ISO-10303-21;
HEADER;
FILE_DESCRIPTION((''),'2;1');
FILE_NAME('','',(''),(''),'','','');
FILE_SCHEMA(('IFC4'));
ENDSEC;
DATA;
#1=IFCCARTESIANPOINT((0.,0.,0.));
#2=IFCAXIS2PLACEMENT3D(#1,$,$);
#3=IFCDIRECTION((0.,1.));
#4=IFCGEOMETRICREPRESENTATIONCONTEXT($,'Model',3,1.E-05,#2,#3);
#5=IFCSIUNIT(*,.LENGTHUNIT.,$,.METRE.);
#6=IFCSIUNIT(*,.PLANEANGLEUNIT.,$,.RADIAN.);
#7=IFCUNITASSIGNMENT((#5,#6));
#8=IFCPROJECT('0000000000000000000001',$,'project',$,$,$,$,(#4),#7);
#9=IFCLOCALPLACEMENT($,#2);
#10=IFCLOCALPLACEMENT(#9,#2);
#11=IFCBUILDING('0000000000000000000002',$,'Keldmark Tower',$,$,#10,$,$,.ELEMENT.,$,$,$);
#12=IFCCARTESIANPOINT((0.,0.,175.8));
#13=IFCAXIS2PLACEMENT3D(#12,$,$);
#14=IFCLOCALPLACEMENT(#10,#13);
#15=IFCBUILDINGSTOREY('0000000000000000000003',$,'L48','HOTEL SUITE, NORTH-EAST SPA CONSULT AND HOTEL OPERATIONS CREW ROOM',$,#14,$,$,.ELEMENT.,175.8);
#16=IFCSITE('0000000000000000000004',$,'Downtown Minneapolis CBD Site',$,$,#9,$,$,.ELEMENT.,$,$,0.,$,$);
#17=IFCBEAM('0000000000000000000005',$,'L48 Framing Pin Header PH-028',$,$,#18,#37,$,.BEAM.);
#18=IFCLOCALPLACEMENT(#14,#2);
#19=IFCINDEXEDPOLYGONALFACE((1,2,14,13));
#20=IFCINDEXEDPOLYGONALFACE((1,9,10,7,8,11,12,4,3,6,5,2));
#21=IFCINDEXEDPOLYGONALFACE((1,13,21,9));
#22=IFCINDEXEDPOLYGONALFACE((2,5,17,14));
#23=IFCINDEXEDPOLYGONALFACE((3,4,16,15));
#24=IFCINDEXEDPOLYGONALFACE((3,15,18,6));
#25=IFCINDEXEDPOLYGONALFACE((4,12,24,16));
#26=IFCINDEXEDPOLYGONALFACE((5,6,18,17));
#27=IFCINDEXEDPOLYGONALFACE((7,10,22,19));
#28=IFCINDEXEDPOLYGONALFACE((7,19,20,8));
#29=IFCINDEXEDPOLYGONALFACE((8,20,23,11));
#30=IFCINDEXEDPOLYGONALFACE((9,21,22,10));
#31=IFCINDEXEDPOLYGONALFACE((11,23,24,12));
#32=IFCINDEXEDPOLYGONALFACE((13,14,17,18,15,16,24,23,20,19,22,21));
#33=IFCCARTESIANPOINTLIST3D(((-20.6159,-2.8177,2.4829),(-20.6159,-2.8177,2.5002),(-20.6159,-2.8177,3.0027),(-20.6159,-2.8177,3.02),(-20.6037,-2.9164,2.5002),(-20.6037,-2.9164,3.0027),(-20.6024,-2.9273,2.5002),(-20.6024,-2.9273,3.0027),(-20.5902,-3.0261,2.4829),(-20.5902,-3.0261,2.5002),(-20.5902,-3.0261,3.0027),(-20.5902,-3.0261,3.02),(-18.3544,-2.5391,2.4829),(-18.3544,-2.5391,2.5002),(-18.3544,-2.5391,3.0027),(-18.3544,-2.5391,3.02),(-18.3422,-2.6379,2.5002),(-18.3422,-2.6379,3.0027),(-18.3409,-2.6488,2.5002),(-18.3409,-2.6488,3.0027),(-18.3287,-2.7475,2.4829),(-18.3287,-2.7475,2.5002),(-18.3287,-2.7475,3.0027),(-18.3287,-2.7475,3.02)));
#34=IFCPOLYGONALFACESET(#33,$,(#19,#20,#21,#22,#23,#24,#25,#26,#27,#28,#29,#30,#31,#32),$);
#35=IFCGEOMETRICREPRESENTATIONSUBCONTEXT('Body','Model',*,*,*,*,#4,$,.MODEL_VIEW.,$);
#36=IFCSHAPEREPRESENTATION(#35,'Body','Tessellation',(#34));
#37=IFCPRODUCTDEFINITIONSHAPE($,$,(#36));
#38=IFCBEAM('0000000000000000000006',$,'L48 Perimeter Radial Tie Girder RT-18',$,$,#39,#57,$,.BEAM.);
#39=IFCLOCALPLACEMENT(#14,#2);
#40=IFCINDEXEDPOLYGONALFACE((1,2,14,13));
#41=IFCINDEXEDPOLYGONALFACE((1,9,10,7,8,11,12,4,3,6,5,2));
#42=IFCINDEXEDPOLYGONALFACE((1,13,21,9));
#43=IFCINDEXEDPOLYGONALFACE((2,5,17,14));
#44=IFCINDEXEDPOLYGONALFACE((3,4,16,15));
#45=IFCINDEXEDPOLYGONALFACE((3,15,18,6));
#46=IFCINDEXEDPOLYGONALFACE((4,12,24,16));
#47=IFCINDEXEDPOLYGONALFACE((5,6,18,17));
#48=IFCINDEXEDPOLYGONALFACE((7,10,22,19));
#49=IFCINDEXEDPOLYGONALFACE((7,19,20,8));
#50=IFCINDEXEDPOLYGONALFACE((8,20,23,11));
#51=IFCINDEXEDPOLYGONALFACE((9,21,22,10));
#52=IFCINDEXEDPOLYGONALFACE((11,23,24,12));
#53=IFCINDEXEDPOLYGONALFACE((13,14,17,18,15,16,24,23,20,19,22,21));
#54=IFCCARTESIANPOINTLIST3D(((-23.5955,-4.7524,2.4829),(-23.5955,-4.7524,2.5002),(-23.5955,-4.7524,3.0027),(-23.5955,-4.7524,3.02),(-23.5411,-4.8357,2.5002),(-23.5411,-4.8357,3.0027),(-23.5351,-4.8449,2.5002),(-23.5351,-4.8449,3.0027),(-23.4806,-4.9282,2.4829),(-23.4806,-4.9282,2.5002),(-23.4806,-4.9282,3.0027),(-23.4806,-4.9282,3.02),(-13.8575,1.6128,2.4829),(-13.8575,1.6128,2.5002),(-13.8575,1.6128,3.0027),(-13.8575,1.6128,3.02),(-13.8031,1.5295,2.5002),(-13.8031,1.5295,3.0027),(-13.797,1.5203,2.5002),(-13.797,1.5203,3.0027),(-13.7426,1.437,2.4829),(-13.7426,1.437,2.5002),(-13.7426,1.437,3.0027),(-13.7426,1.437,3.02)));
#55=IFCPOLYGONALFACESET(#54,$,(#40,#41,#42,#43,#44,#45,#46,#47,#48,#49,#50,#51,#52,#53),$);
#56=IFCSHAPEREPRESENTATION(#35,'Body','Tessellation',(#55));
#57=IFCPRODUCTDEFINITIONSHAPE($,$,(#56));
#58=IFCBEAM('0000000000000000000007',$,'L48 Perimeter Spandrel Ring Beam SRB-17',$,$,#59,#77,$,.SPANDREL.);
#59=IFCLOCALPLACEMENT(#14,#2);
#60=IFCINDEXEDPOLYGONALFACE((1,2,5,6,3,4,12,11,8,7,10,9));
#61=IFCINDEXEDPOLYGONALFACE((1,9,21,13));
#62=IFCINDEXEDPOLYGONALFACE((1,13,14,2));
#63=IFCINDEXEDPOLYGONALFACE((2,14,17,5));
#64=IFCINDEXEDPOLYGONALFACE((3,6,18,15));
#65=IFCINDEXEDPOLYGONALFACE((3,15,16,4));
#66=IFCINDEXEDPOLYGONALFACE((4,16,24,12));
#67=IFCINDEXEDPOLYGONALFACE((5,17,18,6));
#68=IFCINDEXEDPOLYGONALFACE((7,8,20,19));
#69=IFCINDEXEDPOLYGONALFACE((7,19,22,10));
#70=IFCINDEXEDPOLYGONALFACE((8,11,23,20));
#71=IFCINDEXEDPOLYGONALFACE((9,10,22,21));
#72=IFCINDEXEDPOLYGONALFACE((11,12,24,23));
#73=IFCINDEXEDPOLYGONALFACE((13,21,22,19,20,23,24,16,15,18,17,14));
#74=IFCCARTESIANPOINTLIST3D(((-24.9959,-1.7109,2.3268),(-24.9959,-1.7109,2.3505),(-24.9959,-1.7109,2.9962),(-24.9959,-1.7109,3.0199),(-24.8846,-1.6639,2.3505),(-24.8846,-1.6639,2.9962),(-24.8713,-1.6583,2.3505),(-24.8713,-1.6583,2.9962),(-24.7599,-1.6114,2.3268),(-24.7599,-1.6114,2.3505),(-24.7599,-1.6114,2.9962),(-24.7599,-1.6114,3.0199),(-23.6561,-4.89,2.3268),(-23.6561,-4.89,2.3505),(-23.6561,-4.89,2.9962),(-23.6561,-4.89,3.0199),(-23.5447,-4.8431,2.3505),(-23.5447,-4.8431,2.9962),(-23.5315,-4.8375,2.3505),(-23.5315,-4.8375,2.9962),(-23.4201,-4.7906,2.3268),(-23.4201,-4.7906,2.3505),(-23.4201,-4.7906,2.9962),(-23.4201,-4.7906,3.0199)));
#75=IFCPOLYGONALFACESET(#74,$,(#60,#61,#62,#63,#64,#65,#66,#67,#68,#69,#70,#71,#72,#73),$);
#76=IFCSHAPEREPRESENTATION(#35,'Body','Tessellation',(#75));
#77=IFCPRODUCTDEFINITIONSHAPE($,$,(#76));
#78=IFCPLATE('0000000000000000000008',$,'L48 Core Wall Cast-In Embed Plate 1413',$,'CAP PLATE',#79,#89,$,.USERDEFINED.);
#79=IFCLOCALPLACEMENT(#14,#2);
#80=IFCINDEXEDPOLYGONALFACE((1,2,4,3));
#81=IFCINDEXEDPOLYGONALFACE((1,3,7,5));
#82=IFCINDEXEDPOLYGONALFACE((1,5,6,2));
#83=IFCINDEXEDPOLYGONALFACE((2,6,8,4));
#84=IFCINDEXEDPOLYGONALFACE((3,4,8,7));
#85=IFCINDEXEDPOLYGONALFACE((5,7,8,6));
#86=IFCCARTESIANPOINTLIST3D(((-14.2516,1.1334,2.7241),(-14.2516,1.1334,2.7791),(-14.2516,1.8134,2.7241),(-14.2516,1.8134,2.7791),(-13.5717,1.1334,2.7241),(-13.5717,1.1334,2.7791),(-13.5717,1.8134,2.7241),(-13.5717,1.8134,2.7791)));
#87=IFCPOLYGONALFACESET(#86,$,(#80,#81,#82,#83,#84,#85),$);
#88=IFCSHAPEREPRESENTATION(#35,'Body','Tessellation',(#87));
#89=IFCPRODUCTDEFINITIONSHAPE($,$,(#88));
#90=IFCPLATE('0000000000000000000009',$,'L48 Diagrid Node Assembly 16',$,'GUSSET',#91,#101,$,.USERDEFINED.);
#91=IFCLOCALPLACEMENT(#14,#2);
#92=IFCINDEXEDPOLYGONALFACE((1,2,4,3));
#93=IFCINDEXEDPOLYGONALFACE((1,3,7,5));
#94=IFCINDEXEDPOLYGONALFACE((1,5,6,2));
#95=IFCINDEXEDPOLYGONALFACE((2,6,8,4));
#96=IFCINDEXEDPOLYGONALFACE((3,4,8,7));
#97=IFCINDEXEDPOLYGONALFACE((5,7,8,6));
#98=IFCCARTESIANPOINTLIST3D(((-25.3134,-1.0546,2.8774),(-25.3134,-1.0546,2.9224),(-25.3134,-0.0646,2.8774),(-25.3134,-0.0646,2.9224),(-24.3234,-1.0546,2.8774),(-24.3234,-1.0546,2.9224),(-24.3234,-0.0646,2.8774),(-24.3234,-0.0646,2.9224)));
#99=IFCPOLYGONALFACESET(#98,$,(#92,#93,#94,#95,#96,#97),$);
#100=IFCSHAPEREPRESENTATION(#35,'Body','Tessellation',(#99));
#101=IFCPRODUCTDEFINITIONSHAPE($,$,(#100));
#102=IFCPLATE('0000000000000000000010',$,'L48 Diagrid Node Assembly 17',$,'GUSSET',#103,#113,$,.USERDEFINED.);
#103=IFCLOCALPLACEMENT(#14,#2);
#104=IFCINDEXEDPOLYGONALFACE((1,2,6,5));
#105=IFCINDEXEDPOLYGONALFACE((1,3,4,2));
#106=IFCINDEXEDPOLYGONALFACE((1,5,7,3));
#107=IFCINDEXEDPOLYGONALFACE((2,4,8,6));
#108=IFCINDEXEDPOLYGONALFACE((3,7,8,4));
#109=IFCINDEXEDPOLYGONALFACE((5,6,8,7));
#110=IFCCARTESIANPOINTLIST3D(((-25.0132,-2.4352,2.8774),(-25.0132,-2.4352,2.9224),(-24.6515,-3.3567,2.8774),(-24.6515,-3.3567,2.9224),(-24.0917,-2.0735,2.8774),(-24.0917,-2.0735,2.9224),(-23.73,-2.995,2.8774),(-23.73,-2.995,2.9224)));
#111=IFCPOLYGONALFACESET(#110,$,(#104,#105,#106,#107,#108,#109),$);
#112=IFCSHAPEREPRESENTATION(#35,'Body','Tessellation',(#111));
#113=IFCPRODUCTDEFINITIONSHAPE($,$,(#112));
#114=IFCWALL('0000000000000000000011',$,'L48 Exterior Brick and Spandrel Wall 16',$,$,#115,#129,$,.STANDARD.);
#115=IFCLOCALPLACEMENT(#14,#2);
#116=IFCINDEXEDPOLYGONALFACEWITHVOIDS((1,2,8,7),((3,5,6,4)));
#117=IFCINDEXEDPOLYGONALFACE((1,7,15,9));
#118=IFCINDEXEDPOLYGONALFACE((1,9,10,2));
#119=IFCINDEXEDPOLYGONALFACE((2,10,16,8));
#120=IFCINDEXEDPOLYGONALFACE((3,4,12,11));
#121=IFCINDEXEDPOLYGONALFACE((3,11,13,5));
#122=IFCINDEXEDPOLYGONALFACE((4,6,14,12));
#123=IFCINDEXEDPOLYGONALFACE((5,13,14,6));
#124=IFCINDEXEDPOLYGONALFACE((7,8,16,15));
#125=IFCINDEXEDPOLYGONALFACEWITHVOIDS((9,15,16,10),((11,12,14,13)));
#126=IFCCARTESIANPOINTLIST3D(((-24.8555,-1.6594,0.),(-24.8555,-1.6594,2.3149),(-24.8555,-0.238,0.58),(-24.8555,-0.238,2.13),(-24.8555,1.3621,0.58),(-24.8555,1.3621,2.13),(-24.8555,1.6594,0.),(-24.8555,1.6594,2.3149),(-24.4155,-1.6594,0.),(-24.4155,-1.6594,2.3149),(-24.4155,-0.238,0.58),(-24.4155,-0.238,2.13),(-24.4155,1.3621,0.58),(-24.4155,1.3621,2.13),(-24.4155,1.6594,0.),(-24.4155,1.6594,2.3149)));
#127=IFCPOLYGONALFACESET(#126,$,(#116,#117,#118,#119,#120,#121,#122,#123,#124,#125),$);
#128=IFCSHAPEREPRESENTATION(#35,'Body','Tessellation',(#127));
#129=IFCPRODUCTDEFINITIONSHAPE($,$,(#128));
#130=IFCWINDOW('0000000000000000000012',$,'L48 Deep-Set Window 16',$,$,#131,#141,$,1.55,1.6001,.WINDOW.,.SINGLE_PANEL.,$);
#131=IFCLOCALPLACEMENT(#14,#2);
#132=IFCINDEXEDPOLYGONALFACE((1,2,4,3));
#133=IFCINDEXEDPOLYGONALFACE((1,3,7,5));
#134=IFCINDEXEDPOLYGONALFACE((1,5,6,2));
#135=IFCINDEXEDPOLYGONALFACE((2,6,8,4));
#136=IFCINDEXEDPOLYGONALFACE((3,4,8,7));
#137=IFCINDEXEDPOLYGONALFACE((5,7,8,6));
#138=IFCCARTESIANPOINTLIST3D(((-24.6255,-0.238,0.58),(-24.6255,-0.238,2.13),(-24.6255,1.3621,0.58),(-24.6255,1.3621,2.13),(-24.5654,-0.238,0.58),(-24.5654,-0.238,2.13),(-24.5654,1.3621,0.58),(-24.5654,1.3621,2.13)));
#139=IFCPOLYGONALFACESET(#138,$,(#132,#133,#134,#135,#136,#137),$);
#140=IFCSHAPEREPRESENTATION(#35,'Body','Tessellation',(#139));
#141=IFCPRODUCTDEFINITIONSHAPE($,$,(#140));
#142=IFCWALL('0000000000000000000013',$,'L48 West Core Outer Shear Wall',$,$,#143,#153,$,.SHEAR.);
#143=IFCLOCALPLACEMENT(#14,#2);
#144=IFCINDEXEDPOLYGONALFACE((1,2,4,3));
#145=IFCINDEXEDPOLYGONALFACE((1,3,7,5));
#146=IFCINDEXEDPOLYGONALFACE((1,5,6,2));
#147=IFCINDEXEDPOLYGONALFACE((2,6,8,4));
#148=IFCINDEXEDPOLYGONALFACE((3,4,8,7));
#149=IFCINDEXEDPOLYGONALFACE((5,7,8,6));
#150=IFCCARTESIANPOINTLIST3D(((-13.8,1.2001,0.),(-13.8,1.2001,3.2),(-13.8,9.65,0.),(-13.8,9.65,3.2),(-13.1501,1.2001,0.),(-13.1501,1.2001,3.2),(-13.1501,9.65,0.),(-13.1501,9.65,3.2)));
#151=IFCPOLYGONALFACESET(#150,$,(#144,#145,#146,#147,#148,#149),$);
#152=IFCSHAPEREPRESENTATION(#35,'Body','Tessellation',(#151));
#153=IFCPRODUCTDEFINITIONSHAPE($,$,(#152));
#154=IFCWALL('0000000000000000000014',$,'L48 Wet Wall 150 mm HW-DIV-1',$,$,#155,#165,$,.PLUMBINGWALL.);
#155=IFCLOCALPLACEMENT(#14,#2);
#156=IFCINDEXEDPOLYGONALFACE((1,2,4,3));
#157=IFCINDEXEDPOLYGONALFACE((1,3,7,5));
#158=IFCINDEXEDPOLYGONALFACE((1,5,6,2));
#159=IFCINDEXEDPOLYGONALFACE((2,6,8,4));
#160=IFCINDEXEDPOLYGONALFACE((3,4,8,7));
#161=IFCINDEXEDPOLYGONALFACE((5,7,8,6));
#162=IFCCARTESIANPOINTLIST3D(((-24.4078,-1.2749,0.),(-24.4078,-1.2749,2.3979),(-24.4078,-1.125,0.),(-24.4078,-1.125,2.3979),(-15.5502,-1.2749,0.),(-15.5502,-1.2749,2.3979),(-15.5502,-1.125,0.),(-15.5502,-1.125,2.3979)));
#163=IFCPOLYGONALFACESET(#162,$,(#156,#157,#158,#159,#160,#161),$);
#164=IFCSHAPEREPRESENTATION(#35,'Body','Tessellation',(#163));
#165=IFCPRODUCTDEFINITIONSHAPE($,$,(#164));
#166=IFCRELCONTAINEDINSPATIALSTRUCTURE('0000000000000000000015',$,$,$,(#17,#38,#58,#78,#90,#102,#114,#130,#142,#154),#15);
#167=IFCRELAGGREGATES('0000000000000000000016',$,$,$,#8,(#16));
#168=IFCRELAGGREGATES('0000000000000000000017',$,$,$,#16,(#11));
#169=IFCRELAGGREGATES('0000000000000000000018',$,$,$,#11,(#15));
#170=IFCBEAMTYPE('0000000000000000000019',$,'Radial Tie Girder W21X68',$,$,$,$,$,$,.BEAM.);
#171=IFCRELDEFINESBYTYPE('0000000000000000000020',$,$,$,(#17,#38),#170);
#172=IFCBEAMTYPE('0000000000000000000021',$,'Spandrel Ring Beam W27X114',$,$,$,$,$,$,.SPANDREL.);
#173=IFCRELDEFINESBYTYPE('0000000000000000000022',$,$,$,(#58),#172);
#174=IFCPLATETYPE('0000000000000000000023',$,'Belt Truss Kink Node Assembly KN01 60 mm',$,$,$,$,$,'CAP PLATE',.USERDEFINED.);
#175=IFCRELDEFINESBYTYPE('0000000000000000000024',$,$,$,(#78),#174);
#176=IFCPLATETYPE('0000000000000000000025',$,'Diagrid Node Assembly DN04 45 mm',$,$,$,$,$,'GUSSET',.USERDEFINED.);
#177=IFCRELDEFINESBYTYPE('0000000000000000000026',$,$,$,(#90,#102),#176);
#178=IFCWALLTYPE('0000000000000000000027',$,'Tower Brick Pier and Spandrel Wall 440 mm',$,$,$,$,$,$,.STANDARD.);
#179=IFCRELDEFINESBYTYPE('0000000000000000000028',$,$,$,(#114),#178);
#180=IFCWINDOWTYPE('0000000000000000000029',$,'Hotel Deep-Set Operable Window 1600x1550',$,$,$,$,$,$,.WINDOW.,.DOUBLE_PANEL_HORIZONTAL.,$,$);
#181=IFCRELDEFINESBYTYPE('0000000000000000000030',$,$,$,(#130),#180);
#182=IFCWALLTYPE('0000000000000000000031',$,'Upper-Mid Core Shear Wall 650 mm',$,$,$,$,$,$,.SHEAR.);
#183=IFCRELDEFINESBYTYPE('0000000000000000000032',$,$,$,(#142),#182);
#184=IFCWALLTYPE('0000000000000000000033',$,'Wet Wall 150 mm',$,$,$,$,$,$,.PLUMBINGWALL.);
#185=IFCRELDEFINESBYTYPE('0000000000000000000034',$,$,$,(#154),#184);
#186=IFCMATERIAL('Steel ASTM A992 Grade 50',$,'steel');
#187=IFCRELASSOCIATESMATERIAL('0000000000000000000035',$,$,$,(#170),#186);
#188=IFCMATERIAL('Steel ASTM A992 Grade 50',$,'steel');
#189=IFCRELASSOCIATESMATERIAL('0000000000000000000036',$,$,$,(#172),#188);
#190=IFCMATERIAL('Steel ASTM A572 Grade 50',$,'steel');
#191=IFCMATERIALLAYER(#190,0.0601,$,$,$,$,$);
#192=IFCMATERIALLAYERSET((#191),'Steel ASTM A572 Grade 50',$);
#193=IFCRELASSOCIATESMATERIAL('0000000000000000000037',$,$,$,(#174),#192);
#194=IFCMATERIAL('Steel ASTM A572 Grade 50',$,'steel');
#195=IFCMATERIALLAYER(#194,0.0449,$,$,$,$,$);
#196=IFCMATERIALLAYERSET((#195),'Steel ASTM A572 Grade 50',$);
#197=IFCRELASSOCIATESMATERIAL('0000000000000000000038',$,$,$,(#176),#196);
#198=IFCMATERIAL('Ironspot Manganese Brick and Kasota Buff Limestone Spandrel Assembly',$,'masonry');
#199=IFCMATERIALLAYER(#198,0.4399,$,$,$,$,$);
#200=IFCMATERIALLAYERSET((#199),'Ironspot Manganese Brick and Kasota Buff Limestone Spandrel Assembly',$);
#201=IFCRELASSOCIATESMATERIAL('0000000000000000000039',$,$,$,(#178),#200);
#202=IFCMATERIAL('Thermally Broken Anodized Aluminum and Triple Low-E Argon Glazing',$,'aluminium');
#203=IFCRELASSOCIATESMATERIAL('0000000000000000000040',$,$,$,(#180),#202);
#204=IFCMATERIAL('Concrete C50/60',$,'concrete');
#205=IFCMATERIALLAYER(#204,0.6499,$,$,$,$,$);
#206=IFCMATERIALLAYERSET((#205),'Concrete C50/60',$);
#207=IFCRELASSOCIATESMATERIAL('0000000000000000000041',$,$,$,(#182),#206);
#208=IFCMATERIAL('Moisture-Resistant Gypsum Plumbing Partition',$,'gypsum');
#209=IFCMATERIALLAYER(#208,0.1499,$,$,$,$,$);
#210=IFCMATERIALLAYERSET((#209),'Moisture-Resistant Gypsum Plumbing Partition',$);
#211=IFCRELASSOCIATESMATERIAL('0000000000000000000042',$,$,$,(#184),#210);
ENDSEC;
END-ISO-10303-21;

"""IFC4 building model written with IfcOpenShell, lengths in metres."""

from ifc_helpers import new_model, si_unit, direction, frame, frame_2d, origin, origin_2d, place, context, subcontext, project, spatial, rectangle, i_section, extrude, material, layer, layer_set, material_profile, profile_set, type_object, element, fill, save


model = new_model("IFC4")

# Units and contexts
model_context = context("Model", 3, precision=1e-05, world=origin(), true_north=direction((0.0, 1.0)))
body_context = subcontext(model_context, "Body", "Model", "MODEL_VIEW")
ifc_project = project(units=[si_unit("LENGTHUNIT", "METRE"), si_unit("PLANEANGLEUNIT", "RADIAN")], contexts=[model_context])

# Site, building, storey
site_placement = place(None, origin())
site = spatial("IfcSite", under=ifc_project, at=site_placement, Name="Downtown Minneapolis CBD Site", CompositionType="ELEMENT", RefElevation=0.0)
building_placement = place(site_placement, origin())
building = spatial("IfcBuilding", under=site, at=building_placement, Name="Keldmark Tower", CompositionType="ELEMENT")
storey_placement = place(building_placement, frame((0.0, 0.0, 175.8)))
storey = spatial("IfcBuildingStorey", under=building, at=storey_placement, Name="L48", Description="HOTEL SUITE, NORTH-EAST SPA CONSULT AND HOTEL OPERATIONS CREW ROOM", CompositionType="ELEMENT", Elevation=175.8)

# Beams
ifc_material_1 = material(Name="Steel ASTM A992 Grade 50", Category="steel")
ifc_material_profile_1 = material_profile(ifc_material_1, i_section(OverallWidth=0.21, OverallDepth=0.5371, WebThickness=0.011, FlangeThickness=0.0173, at=origin_2d()), Name="W21X68")
ifc_profile_set_1 = profile_set([ifc_material_profile_1], Name="Steel ASTM A992 Grade 50")
beam_type_1 = type_object("IfcBeamType", Name="Radial Tie Girder W21X68", PredefinedType="BEAM", material=ifc_profile_set_1)
beam_1_placement = place(storey_placement, frame((-18.3416, -2.6433, 2.7515), z_axis=(-0.992499, -0.122254, 0.0), x_axis=(0.122254, -0.992499, 0.0)))
element("IfcBeam", 1, at=beam_1_placement, inside=storey, type_object=beam_type_1, Name="L48 Framing Pin Header PH-028", PredefinedType="BEAM", context=body_context, shape_type="SweptSolid", body=[
    extrude(i_section(OverallWidth=0.21, OverallDepth=0.5371, WebThickness=0.011, FlangeThickness=0.0173, at=origin_2d()), origin(), (0.0, 0.0, 1.0), 2.2786),
])
beam_2_placement = place(storey_placement, frame((-13.8, 1.5249, 2.7515), z_axis=(-0.837046, -0.547132, 0.0), x_axis=(0.547132, -0.837046, 0.0)))
element("IfcBeam", 2, at=beam_2_placement, inside=storey, type_object=beam_type_1, Name="L48 Perimeter Radial Tie Girder RT-18", PredefinedType="BEAM", context=body_context, shape_type="SweptSolid", body=[
    extrude(i_section(OverallWidth=0.21, OverallDepth=0.5371, WebThickness=0.011, FlangeThickness=0.0173, at=origin_2d()), origin(), (0.0, 0.0, 1.0), 11.6338),
])
ifc_material_2 = material(Name="Steel ASTM A992 Grade 50", Category="steel")
ifc_material_profile_2 = material_profile(ifc_material_2, i_section(OverallWidth=0.2561, OverallDepth=0.6931, WebThickness=0.0144, FlangeThickness=0.0237, at=origin_2d()), Name="W27X114")
ifc_profile_set_2 = profile_set([ifc_material_profile_2], Name="Steel ASTM A992 Grade 50")
beam_type_2 = type_object("IfcBeamType", Name="Spandrel Ring Beam W27X114", PredefinedType="SPANDREL", material=ifc_profile_set_2)
beam_3_placement = place(storey_placement, frame((-24.8779, -1.6611, 2.6733), z_axis=(0.388361, -0.921507, 0.0), x_axis=(0.921507, 0.388361, 0.0)))
element("IfcBeam", 3, at=beam_3_placement, inside=storey, type_object=beam_type_2, Name="L48 Perimeter Spandrel Ring Beam SRB-17", PredefinedType="SPANDREL", context=body_context, shape_type="SweptSolid", body=[
    extrude(i_section(OverallWidth=0.2561, OverallDepth=0.6931, WebThickness=0.0144, FlangeThickness=0.0237, at=origin_2d()), origin(), (0.0, 0.0, 1.0), 3.45),
])

# Plates
ifc_material_3 = material(Name="Steel ASTM A572 Grade 50", Category="steel")
ifc_layer_1 = layer(ifc_material_3, 0.0601)
ifc_layer_set_1 = layer_set([ifc_layer_1], Name="Steel ASTM A572 Grade 50")
plate_type_1 = type_object("IfcPlateType", Name="Belt Truss Kink Node Assembly KN01 60 mm", ElementType="CAP PLATE", PredefinedType="USERDEFINED", material=ifc_layer_set_1)
plate_placement = place(storey_placement, frame((-13.9116, 1.4734, 2.7241), z_axis=(0.0, 0.0, 1.0), x_axis=(1.0, 0.0, 0.0)))
element("IfcPlate", 4, at=plate_placement, inside=storey, type_object=plate_type_1, Name="L48 Core Wall Cast-In Embed Plate 1413", ObjectType="CAP PLATE", PredefinedType="USERDEFINED", context=body_context, shape_type="SweptSolid", body=[
    extrude(rectangle(XDim=0.6799, YDim=0.6799, at=origin_2d()), origin(), (0.0, 0.0, 1.0), 0.0549),
])
ifc_material_4 = material(Name="Steel ASTM A572 Grade 50", Category="steel")
ifc_layer_2 = layer(ifc_material_4, 0.0449)
ifc_layer_set_2 = layer_set([ifc_layer_2], Name="Steel ASTM A572 Grade 50")
plate_type_2 = type_object("IfcPlateType", Name="Diagrid Node Assembly DN04 45 mm", ElementType="GUSSET", PredefinedType="USERDEFINED", material=ifc_layer_set_2)
for number, where, z_axis, x_axis, name in (
    (5, (-24.8184, -0.5596, 2.8774), (0.0, 0.0, 1.0), (0.0, -1.0, 0.0), "L48 Diagrid Node Assembly 16"),
    (6, (-24.3716, -2.7151, 2.8774), (0.0, 0.0, 1.0), (0.365364, -0.930865, 0.0), "L48 Diagrid Node Assembly 17"),
):
    element("IfcPlate", number, at=place(storey_placement, frame(where, z_axis=z_axis, x_axis=x_axis)), inside=storey, type_object=plate_type_2, Name=name, ObjectType="GUSSET", PredefinedType="USERDEFINED", context=body_context, shape_type="SweptSolid", body=[
        extrude(rectangle(XDim=0.99, YDim=0.99, at=origin_2d()), origin(), (0.0, 0.0, 1.0), 0.0449),
    ])

# Wall, opening, window
ifc_material_5 = material(Name="Ironspot Manganese Brick and Kasota Buff Limestone Spandrel Assembly", Category="masonry")
ifc_layer_3 = layer(ifc_material_5, 0.4399)
ifc_layer_set_3 = layer_set([ifc_layer_3], Name="Ironspot Manganese Brick and Kasota Buff Limestone Spandrel Assembly")
wall_type_1 = type_object("IfcWallType", Name="Tower Brick Pier and Spandrel Wall 440 mm", PredefinedType="STANDARD", material=ifc_layer_set_3)
wall_1_placement = place(storey_placement, frame((-24.6355, -1.6594, 0.0), z_axis=(0.0, 0.0, 1.0), x_axis=(0.0, 1.0, 0.0)))
wall_1 = element("IfcWall", 7, at=wall_1_placement, inside=storey, type_object=wall_type_1, Name="L48 Exterior Brick and Spandrel Wall 16", PredefinedType="STANDARD", context=body_context, shape_type="SweptSolid", body=[
    extrude(rectangle(XDim=3.3188, YDim=0.4399, at=frame_2d((1.6594, 0.0))), origin(), (0.0, 0.0, 1.0), 2.3149),
])
opening_placement = place(wall_1_placement, frame((1.4214, 0.0, 0.5801)))
opening = element("IfcOpeningElement", 8, at=opening_placement, cuts=wall_1, PredefinedType="OPENING", context=body_context, shape_type="SweptSolid", body=[
    extrude(rectangle(XDim=1.6001, YDim=1.55, at=frame_2d((0.8, 0.7749))), frame((0.0, 0.23, 0.0), z_axis=(0.0, -1.0, 0.0), x_axis=(1.0, 0.0, 0.0)), (0.0, 0.0, 1.0), 0.46),
])
ifc_material_6 = material(Name="Thermally Broken Anodized Aluminum and Triple Low-E Argon Glazing", Category="aluminium")
window_type = type_object("IfcWindowType", Name="Hotel Deep-Set Operable Window 1600x1550", PartitioningType="DOUBLE_PANEL_HORIZONTAL", PredefinedType="WINDOW", material=ifc_material_6)
window_placement = place(opening_placement, origin())
window = element("IfcWindow", 9, at=window_placement, inside=storey, type_object=window_type, Name="L48 Deep-Set Window 16", OverallHeight=1.55, OverallWidth=1.6001, PartitioningType="SINGLE_PANEL", PredefinedType="WINDOW", context=body_context, shape_type="SweptSolid", body=[
    extrude(rectangle(XDim=1.6001, YDim=1.55, at=frame_2d((0.8, 0.7749))), frame((0.0, -0.01, 0.0), z_axis=(0.0, -1.0, 0.0), x_axis=(1.0, 0.0, 0.0)), (0.0, 0.0, 1.0), 0.0601),
])
fill(opening, window)

# Walls
ifc_material_7 = material(Name="Concrete C50/60", Category="concrete")
ifc_layer_4 = layer(ifc_material_7, 0.6499)
ifc_layer_set_4 = layer_set([ifc_layer_4], Name="Concrete C50/60")
wall_type_2 = type_object("IfcWallType", Name="Upper-Mid Core Shear Wall 650 mm", PredefinedType="SHEAR", material=ifc_layer_set_4)
wall_2_placement = place(storey_placement, frame((-13.4751, 1.2, 0.0), z_axis=(0.0, 0.0, 1.0), x_axis=(0.0, 1.0, 0.0)))
element("IfcWall", 10, at=wall_2_placement, inside=storey, type_object=wall_type_2, Name="L48 West Core Outer Shear Wall", PredefinedType="SHEAR", context=body_context, shape_type="SweptSolid", body=[
    extrude(rectangle(XDim=8.45, YDim=0.6499, at=frame_2d((4.2251, 0.0))), origin(), (0.0, 0.0, 1.0), 3.2),
])
ifc_material_8 = material(Name="Moisture-Resistant Gypsum Plumbing Partition", Category="gypsum")
ifc_layer_5 = layer(ifc_material_8, 0.1499)
ifc_layer_set_5 = layer_set([ifc_layer_5], Name="Moisture-Resistant Gypsum Plumbing Partition")
wall_type_3 = type_object("IfcWallType", Name="Wet Wall 150 mm", PredefinedType="PLUMBINGWALL", material=ifc_layer_set_5)
wall_3_placement = place(storey_placement, frame((-24.4077, -1.2, 0.0), z_axis=(0.0, 0.0, 1.0), x_axis=(1.0, 0.0, 0.0)))
element("IfcWall", 11, at=wall_3_placement, inside=storey, type_object=wall_type_3, Name="L48 Wet Wall 150 mm HW-DIV-1", PredefinedType="PLUMBINGWALL", context=body_context, shape_type="SweptSolid", body=[
    extrude(rectangle(XDim=8.8577, YDim=0.1499, at=frame_2d((4.4287, 0.0))), origin(), (0.0, 0.0, 1.0), 2.3979),
])

save(model, "model.ifc")
